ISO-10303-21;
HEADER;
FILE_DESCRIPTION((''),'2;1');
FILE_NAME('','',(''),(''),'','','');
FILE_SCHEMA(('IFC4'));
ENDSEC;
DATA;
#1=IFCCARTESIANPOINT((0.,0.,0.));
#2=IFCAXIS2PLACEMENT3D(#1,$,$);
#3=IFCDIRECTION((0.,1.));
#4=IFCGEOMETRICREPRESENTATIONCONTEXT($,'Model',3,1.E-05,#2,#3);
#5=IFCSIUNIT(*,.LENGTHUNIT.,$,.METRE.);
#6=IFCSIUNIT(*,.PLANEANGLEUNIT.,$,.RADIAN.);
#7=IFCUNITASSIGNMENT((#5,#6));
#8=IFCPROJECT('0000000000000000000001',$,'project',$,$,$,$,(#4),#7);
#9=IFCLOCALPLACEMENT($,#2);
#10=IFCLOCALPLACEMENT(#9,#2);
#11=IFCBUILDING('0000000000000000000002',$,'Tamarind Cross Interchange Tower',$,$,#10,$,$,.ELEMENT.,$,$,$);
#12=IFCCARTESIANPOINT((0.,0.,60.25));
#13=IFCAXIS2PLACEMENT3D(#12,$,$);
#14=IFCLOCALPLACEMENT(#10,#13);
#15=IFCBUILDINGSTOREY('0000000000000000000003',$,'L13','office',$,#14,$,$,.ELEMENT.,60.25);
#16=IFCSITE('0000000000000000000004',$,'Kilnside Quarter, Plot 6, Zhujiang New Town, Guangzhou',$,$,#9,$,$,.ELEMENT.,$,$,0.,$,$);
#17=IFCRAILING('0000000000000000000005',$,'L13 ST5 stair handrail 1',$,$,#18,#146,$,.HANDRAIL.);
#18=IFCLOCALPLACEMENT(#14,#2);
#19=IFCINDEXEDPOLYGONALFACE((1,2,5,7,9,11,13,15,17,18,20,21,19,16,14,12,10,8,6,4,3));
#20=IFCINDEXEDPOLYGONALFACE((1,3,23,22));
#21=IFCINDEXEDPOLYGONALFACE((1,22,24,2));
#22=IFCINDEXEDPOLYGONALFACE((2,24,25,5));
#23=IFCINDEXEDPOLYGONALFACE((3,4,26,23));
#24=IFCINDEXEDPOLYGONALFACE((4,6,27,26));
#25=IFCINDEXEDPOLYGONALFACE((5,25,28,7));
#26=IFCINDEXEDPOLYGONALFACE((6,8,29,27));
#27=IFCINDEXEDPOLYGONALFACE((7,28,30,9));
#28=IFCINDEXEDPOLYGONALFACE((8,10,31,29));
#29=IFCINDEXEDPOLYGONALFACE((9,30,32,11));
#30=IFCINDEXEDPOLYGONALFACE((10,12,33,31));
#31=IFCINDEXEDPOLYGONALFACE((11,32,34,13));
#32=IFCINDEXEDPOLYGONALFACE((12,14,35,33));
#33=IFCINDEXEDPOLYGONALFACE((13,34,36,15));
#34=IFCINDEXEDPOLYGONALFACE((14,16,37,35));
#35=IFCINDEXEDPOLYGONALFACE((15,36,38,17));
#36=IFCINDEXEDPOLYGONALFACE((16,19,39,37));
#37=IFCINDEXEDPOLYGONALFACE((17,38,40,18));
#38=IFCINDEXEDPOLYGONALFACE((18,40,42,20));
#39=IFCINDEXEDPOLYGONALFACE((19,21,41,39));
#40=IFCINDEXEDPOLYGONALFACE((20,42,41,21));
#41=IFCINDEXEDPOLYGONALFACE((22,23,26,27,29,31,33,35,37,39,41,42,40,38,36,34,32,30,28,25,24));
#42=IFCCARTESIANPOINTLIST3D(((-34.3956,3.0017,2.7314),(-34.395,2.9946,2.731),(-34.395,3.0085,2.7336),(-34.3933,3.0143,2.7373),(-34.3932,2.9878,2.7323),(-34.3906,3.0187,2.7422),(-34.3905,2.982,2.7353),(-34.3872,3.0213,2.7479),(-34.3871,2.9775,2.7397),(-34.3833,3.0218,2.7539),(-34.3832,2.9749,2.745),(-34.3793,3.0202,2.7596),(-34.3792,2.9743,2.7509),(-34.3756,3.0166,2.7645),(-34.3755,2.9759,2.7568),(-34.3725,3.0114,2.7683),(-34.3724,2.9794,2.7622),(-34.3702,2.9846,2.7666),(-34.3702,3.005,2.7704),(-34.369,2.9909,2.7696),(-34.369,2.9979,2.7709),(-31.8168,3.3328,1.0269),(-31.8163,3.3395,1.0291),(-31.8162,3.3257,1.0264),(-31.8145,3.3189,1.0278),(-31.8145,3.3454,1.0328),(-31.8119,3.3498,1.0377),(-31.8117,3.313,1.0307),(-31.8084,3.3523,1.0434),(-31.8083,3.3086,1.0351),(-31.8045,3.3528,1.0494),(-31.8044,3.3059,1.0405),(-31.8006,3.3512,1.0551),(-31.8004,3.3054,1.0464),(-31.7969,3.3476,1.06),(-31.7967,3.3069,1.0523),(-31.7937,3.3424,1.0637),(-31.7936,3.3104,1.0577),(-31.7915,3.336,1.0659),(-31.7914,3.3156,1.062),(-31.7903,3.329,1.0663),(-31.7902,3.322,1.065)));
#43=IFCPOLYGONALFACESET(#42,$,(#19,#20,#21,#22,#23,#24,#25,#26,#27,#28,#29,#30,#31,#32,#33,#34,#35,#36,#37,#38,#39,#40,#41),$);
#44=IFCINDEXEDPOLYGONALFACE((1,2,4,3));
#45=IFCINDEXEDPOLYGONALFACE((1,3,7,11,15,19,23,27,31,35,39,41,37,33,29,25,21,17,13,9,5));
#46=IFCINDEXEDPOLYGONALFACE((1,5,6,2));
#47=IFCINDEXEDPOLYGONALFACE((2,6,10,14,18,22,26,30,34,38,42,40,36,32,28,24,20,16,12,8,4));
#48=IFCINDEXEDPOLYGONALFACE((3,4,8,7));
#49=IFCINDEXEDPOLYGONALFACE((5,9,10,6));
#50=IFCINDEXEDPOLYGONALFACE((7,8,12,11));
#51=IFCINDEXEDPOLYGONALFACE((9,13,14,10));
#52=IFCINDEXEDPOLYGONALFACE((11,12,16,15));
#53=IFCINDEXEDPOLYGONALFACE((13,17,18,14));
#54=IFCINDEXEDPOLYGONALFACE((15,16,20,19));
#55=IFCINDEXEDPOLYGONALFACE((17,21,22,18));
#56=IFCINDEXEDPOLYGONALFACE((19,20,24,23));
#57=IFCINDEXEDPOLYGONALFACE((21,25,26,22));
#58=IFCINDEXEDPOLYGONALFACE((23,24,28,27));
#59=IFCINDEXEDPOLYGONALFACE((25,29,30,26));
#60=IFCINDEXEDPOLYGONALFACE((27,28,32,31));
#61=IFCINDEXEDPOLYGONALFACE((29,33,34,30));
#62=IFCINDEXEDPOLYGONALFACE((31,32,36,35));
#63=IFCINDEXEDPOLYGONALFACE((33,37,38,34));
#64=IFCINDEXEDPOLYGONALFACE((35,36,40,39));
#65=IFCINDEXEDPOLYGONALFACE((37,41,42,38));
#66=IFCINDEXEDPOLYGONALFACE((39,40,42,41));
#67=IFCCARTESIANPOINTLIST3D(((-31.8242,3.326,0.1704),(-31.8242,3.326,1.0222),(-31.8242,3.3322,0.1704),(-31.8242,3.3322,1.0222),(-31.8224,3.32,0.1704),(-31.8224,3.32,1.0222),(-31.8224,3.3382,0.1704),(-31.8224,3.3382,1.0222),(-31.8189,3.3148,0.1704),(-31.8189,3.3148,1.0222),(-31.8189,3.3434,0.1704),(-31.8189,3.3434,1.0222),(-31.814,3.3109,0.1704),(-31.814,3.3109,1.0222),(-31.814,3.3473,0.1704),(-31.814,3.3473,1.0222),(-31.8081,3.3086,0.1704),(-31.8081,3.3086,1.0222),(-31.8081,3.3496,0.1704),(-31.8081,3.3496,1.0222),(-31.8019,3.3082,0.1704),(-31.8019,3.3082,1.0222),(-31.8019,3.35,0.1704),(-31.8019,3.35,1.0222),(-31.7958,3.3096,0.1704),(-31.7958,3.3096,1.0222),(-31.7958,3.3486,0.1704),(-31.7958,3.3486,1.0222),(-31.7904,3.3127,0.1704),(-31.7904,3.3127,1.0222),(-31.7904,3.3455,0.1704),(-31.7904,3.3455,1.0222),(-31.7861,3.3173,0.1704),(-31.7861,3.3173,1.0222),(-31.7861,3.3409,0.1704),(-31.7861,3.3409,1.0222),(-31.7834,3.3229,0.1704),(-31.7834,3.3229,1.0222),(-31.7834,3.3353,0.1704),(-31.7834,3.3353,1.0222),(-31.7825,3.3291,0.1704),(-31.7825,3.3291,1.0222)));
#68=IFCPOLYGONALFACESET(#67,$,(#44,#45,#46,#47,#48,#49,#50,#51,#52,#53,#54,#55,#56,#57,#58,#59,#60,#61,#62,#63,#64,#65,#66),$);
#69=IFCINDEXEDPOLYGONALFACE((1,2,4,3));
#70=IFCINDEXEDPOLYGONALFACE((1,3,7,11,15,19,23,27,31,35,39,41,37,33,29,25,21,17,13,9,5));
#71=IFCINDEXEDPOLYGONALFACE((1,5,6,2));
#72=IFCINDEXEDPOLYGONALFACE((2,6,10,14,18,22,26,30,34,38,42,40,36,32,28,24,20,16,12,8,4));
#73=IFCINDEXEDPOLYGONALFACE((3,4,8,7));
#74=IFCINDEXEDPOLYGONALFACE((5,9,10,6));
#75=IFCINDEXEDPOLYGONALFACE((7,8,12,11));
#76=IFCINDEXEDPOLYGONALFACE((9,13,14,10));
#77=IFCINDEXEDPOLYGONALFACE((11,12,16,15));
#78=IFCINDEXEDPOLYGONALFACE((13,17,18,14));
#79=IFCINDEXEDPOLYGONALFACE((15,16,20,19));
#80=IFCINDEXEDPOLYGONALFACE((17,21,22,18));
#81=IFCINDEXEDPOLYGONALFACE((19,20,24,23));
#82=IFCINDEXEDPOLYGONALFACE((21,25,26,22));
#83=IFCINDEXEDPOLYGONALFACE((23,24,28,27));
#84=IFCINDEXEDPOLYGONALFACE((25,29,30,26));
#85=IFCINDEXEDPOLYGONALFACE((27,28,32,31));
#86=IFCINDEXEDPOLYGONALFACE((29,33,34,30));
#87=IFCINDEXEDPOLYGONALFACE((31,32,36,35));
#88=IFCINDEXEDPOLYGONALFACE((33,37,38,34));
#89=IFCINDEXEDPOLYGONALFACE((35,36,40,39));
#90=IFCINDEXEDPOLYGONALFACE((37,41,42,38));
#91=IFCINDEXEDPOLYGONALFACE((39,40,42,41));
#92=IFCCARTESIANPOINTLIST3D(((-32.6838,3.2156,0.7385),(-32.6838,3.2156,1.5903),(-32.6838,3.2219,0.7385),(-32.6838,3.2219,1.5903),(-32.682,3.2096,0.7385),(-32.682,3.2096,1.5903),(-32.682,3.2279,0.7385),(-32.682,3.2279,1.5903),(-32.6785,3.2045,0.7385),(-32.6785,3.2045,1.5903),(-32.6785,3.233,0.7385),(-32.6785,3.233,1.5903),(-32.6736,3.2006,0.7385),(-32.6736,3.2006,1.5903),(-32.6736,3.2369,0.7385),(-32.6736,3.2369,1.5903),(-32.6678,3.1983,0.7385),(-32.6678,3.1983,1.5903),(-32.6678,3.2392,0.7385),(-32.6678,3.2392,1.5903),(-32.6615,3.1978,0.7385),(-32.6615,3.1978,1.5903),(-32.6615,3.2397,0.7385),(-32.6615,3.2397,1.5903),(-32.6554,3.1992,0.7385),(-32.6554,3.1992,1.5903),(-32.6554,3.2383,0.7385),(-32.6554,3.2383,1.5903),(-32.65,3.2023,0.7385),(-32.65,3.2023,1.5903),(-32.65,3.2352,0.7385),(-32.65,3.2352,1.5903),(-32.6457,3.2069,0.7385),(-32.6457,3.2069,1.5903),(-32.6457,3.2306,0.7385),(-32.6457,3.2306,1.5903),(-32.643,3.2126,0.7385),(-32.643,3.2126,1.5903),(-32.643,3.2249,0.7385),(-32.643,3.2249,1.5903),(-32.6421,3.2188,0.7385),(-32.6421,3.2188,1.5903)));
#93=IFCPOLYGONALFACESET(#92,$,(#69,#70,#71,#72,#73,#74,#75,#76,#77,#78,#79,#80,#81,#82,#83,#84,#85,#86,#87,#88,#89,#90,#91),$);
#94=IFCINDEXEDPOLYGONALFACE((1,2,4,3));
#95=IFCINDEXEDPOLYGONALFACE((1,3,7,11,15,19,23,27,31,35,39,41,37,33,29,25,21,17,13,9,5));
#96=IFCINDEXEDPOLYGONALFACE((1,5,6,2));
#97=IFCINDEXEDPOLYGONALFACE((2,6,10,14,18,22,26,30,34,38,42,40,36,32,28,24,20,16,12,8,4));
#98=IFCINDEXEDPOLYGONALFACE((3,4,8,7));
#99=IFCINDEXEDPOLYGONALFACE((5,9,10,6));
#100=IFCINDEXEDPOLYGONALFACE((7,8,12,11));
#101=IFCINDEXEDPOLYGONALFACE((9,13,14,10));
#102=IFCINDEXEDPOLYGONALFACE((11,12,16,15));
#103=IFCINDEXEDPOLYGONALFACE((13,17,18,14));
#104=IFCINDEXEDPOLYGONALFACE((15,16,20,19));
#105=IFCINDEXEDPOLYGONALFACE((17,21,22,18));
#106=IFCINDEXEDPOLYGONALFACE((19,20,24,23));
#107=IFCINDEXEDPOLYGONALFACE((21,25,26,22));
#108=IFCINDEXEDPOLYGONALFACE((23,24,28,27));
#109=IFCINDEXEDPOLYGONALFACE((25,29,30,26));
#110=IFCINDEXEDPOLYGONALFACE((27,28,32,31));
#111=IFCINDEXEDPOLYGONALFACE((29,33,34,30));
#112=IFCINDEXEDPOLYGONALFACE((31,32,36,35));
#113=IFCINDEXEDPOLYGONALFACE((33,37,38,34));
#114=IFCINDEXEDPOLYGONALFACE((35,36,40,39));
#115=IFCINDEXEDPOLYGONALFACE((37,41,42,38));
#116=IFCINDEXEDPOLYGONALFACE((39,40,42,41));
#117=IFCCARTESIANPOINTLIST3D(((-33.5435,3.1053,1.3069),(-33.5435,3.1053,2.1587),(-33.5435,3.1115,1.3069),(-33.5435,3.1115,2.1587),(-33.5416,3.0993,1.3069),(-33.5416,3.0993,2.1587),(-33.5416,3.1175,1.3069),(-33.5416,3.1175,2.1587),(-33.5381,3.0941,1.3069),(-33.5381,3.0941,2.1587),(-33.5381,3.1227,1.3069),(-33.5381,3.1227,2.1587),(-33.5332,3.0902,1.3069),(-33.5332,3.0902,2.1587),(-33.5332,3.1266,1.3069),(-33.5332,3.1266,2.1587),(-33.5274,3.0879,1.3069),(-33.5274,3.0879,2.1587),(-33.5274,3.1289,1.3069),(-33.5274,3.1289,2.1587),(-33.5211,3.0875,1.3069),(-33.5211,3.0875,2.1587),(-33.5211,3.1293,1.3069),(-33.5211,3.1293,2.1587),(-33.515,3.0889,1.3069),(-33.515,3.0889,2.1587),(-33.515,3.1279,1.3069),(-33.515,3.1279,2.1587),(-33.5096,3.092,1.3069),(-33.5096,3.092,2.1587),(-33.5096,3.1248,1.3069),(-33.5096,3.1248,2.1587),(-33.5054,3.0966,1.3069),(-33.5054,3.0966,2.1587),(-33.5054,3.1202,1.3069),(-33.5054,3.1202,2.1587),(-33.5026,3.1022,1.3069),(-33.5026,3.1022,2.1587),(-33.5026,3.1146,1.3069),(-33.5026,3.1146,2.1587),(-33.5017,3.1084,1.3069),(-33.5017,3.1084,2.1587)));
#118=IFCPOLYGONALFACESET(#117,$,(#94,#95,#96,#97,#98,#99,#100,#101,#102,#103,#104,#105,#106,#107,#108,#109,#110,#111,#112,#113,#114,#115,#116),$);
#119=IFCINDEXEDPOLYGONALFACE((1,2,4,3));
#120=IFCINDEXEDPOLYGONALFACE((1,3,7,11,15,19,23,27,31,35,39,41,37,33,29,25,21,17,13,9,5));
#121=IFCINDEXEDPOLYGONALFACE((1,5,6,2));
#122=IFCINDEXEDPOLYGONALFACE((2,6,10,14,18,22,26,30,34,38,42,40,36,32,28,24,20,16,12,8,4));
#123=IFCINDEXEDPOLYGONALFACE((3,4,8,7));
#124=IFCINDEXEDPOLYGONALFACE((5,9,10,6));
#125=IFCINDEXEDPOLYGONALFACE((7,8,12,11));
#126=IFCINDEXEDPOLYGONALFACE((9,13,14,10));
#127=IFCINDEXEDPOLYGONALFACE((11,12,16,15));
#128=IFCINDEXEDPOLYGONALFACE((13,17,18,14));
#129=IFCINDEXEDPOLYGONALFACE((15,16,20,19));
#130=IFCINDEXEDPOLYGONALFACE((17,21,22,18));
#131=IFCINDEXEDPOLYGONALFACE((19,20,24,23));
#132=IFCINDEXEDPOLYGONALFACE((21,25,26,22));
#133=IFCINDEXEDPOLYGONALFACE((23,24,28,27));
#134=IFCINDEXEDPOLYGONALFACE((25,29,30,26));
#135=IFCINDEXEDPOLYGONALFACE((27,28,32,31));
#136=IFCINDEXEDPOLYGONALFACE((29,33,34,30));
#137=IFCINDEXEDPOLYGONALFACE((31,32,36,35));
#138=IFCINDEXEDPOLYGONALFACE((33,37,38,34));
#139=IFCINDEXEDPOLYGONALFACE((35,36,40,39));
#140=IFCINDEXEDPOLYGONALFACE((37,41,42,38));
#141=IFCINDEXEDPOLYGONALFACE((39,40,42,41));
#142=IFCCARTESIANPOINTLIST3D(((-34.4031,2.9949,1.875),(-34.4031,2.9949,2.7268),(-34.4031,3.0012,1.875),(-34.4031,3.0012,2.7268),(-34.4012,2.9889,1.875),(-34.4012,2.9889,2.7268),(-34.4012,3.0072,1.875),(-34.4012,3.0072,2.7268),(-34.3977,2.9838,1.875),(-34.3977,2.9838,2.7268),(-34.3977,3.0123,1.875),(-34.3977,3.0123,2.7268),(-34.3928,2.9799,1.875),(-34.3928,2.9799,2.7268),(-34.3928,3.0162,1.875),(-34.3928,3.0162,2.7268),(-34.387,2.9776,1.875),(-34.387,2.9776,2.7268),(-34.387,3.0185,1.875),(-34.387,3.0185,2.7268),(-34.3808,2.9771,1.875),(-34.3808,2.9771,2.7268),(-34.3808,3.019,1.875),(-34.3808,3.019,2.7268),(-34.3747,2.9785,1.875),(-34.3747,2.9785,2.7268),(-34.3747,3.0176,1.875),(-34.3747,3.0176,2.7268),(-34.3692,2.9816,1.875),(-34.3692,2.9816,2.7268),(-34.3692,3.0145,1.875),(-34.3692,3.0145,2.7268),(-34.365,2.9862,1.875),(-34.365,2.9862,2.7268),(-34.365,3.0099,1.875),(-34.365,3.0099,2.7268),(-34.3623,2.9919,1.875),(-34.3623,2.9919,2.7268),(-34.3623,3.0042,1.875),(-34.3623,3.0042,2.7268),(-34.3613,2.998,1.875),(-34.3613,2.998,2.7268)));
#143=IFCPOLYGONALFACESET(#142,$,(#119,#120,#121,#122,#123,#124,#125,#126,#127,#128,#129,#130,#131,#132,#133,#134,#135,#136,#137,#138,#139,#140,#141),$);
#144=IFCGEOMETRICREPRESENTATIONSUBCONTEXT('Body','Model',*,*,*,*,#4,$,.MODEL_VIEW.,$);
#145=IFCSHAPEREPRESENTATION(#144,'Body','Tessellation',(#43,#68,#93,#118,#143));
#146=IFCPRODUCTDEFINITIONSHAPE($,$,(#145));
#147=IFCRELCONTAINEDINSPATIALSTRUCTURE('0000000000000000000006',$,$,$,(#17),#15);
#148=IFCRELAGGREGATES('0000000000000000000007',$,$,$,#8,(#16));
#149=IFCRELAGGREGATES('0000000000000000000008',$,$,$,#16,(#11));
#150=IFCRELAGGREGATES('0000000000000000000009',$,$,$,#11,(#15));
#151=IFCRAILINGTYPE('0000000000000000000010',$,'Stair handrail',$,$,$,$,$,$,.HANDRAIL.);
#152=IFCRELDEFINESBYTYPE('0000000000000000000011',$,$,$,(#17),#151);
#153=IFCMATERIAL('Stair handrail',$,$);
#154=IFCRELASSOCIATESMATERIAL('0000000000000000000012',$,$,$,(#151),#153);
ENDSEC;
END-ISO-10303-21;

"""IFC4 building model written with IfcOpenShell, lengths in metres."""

from ifc_helpers import new_model, si_unit, direction, frame, origin, origin_2d, place, context, subcontext, project, spatial, circle, extrude, material, type_object, element, save


model = new_model("IFC4")

# Units and contexts
model_context = context("Model", 3, precision=1e-05, world=origin(), true_north=direction((0.0, 1.0)))
body_context = subcontext(model_context, "Body", "Model", "MODEL_VIEW")
ifc_project = project(units=[si_unit("LENGTHUNIT", "METRE"), si_unit("PLANEANGLEUNIT", "RADIAN")], contexts=[model_context])

# Site, building, storey
site_placement = place(None, origin())
site = spatial("IfcSite", under=ifc_project, at=site_placement, Name="Kilnside Quarter, Plot 6, Zhujiang New Town, Guangzhou", CompositionType="ELEMENT", RefElevation=0.0)
building_placement = place(site_placement, origin())
building = spatial("IfcBuilding", under=site, at=building_placement, Name="Tamarind Cross Interchange Tower", CompositionType="ELEMENT")
storey_placement = place(building_placement, frame((0.0, 0.0, 60.25)))
storey = spatial("IfcBuildingStorey", under=building, at=storey_placement, Name="L13", Description="office", CompositionType="ELEMENT", Elevation=60.25)

# Railing
ifc_material_1 = material(Name="Stair handrail")
railing_type_1 = type_object("IfcRailingType", Name="Stair handrail", PredefinedType="HANDRAIL", material=ifc_material_1)
railing_1_placement = place(storey_placement, frame((-31.8035, 3.3291, 0.1704)))
element("IfcRailing", 1, at=railing_1_placement, inside=storey, type_object=railing_type_1, Name="L13 ST5 stair handrail 1", PredefinedType="HANDRAIL", context=body_context, shape_type="SweptSolid", body=[
    extrude(circle(Radius=0.0239, at=origin_2d()), frame((0.0, 0.0, 0.876), z_axis=(-0.829488, -0.106484, 0.54828), x_axis=(0.127328, -0.991861, 0.0)), (0.0, 0.0, 1.0), 3.1089),
    extrude(circle(Radius=0.021, at=origin_2d()), origin(), (0.0, 0.0, 1.0), 0.8518),
    extrude(circle(Radius=0.021, at=origin_2d()), frame((-0.8596, -0.1104, 0.5681)), (0.0, 0.0, 1.0), 0.8518),
    extrude(circle(Radius=0.021, at=origin_2d()), frame((-1.7192, -0.2207, 1.1365)), (0.0, 0.0, 1.0), 0.8518),
    extrude(circle(Radius=0.021, at=origin_2d()), frame((-2.5789, -0.3311, 1.7046)), (0.0, 0.0, 1.0), 0.8518),
])

save(model, "model.ifc")
